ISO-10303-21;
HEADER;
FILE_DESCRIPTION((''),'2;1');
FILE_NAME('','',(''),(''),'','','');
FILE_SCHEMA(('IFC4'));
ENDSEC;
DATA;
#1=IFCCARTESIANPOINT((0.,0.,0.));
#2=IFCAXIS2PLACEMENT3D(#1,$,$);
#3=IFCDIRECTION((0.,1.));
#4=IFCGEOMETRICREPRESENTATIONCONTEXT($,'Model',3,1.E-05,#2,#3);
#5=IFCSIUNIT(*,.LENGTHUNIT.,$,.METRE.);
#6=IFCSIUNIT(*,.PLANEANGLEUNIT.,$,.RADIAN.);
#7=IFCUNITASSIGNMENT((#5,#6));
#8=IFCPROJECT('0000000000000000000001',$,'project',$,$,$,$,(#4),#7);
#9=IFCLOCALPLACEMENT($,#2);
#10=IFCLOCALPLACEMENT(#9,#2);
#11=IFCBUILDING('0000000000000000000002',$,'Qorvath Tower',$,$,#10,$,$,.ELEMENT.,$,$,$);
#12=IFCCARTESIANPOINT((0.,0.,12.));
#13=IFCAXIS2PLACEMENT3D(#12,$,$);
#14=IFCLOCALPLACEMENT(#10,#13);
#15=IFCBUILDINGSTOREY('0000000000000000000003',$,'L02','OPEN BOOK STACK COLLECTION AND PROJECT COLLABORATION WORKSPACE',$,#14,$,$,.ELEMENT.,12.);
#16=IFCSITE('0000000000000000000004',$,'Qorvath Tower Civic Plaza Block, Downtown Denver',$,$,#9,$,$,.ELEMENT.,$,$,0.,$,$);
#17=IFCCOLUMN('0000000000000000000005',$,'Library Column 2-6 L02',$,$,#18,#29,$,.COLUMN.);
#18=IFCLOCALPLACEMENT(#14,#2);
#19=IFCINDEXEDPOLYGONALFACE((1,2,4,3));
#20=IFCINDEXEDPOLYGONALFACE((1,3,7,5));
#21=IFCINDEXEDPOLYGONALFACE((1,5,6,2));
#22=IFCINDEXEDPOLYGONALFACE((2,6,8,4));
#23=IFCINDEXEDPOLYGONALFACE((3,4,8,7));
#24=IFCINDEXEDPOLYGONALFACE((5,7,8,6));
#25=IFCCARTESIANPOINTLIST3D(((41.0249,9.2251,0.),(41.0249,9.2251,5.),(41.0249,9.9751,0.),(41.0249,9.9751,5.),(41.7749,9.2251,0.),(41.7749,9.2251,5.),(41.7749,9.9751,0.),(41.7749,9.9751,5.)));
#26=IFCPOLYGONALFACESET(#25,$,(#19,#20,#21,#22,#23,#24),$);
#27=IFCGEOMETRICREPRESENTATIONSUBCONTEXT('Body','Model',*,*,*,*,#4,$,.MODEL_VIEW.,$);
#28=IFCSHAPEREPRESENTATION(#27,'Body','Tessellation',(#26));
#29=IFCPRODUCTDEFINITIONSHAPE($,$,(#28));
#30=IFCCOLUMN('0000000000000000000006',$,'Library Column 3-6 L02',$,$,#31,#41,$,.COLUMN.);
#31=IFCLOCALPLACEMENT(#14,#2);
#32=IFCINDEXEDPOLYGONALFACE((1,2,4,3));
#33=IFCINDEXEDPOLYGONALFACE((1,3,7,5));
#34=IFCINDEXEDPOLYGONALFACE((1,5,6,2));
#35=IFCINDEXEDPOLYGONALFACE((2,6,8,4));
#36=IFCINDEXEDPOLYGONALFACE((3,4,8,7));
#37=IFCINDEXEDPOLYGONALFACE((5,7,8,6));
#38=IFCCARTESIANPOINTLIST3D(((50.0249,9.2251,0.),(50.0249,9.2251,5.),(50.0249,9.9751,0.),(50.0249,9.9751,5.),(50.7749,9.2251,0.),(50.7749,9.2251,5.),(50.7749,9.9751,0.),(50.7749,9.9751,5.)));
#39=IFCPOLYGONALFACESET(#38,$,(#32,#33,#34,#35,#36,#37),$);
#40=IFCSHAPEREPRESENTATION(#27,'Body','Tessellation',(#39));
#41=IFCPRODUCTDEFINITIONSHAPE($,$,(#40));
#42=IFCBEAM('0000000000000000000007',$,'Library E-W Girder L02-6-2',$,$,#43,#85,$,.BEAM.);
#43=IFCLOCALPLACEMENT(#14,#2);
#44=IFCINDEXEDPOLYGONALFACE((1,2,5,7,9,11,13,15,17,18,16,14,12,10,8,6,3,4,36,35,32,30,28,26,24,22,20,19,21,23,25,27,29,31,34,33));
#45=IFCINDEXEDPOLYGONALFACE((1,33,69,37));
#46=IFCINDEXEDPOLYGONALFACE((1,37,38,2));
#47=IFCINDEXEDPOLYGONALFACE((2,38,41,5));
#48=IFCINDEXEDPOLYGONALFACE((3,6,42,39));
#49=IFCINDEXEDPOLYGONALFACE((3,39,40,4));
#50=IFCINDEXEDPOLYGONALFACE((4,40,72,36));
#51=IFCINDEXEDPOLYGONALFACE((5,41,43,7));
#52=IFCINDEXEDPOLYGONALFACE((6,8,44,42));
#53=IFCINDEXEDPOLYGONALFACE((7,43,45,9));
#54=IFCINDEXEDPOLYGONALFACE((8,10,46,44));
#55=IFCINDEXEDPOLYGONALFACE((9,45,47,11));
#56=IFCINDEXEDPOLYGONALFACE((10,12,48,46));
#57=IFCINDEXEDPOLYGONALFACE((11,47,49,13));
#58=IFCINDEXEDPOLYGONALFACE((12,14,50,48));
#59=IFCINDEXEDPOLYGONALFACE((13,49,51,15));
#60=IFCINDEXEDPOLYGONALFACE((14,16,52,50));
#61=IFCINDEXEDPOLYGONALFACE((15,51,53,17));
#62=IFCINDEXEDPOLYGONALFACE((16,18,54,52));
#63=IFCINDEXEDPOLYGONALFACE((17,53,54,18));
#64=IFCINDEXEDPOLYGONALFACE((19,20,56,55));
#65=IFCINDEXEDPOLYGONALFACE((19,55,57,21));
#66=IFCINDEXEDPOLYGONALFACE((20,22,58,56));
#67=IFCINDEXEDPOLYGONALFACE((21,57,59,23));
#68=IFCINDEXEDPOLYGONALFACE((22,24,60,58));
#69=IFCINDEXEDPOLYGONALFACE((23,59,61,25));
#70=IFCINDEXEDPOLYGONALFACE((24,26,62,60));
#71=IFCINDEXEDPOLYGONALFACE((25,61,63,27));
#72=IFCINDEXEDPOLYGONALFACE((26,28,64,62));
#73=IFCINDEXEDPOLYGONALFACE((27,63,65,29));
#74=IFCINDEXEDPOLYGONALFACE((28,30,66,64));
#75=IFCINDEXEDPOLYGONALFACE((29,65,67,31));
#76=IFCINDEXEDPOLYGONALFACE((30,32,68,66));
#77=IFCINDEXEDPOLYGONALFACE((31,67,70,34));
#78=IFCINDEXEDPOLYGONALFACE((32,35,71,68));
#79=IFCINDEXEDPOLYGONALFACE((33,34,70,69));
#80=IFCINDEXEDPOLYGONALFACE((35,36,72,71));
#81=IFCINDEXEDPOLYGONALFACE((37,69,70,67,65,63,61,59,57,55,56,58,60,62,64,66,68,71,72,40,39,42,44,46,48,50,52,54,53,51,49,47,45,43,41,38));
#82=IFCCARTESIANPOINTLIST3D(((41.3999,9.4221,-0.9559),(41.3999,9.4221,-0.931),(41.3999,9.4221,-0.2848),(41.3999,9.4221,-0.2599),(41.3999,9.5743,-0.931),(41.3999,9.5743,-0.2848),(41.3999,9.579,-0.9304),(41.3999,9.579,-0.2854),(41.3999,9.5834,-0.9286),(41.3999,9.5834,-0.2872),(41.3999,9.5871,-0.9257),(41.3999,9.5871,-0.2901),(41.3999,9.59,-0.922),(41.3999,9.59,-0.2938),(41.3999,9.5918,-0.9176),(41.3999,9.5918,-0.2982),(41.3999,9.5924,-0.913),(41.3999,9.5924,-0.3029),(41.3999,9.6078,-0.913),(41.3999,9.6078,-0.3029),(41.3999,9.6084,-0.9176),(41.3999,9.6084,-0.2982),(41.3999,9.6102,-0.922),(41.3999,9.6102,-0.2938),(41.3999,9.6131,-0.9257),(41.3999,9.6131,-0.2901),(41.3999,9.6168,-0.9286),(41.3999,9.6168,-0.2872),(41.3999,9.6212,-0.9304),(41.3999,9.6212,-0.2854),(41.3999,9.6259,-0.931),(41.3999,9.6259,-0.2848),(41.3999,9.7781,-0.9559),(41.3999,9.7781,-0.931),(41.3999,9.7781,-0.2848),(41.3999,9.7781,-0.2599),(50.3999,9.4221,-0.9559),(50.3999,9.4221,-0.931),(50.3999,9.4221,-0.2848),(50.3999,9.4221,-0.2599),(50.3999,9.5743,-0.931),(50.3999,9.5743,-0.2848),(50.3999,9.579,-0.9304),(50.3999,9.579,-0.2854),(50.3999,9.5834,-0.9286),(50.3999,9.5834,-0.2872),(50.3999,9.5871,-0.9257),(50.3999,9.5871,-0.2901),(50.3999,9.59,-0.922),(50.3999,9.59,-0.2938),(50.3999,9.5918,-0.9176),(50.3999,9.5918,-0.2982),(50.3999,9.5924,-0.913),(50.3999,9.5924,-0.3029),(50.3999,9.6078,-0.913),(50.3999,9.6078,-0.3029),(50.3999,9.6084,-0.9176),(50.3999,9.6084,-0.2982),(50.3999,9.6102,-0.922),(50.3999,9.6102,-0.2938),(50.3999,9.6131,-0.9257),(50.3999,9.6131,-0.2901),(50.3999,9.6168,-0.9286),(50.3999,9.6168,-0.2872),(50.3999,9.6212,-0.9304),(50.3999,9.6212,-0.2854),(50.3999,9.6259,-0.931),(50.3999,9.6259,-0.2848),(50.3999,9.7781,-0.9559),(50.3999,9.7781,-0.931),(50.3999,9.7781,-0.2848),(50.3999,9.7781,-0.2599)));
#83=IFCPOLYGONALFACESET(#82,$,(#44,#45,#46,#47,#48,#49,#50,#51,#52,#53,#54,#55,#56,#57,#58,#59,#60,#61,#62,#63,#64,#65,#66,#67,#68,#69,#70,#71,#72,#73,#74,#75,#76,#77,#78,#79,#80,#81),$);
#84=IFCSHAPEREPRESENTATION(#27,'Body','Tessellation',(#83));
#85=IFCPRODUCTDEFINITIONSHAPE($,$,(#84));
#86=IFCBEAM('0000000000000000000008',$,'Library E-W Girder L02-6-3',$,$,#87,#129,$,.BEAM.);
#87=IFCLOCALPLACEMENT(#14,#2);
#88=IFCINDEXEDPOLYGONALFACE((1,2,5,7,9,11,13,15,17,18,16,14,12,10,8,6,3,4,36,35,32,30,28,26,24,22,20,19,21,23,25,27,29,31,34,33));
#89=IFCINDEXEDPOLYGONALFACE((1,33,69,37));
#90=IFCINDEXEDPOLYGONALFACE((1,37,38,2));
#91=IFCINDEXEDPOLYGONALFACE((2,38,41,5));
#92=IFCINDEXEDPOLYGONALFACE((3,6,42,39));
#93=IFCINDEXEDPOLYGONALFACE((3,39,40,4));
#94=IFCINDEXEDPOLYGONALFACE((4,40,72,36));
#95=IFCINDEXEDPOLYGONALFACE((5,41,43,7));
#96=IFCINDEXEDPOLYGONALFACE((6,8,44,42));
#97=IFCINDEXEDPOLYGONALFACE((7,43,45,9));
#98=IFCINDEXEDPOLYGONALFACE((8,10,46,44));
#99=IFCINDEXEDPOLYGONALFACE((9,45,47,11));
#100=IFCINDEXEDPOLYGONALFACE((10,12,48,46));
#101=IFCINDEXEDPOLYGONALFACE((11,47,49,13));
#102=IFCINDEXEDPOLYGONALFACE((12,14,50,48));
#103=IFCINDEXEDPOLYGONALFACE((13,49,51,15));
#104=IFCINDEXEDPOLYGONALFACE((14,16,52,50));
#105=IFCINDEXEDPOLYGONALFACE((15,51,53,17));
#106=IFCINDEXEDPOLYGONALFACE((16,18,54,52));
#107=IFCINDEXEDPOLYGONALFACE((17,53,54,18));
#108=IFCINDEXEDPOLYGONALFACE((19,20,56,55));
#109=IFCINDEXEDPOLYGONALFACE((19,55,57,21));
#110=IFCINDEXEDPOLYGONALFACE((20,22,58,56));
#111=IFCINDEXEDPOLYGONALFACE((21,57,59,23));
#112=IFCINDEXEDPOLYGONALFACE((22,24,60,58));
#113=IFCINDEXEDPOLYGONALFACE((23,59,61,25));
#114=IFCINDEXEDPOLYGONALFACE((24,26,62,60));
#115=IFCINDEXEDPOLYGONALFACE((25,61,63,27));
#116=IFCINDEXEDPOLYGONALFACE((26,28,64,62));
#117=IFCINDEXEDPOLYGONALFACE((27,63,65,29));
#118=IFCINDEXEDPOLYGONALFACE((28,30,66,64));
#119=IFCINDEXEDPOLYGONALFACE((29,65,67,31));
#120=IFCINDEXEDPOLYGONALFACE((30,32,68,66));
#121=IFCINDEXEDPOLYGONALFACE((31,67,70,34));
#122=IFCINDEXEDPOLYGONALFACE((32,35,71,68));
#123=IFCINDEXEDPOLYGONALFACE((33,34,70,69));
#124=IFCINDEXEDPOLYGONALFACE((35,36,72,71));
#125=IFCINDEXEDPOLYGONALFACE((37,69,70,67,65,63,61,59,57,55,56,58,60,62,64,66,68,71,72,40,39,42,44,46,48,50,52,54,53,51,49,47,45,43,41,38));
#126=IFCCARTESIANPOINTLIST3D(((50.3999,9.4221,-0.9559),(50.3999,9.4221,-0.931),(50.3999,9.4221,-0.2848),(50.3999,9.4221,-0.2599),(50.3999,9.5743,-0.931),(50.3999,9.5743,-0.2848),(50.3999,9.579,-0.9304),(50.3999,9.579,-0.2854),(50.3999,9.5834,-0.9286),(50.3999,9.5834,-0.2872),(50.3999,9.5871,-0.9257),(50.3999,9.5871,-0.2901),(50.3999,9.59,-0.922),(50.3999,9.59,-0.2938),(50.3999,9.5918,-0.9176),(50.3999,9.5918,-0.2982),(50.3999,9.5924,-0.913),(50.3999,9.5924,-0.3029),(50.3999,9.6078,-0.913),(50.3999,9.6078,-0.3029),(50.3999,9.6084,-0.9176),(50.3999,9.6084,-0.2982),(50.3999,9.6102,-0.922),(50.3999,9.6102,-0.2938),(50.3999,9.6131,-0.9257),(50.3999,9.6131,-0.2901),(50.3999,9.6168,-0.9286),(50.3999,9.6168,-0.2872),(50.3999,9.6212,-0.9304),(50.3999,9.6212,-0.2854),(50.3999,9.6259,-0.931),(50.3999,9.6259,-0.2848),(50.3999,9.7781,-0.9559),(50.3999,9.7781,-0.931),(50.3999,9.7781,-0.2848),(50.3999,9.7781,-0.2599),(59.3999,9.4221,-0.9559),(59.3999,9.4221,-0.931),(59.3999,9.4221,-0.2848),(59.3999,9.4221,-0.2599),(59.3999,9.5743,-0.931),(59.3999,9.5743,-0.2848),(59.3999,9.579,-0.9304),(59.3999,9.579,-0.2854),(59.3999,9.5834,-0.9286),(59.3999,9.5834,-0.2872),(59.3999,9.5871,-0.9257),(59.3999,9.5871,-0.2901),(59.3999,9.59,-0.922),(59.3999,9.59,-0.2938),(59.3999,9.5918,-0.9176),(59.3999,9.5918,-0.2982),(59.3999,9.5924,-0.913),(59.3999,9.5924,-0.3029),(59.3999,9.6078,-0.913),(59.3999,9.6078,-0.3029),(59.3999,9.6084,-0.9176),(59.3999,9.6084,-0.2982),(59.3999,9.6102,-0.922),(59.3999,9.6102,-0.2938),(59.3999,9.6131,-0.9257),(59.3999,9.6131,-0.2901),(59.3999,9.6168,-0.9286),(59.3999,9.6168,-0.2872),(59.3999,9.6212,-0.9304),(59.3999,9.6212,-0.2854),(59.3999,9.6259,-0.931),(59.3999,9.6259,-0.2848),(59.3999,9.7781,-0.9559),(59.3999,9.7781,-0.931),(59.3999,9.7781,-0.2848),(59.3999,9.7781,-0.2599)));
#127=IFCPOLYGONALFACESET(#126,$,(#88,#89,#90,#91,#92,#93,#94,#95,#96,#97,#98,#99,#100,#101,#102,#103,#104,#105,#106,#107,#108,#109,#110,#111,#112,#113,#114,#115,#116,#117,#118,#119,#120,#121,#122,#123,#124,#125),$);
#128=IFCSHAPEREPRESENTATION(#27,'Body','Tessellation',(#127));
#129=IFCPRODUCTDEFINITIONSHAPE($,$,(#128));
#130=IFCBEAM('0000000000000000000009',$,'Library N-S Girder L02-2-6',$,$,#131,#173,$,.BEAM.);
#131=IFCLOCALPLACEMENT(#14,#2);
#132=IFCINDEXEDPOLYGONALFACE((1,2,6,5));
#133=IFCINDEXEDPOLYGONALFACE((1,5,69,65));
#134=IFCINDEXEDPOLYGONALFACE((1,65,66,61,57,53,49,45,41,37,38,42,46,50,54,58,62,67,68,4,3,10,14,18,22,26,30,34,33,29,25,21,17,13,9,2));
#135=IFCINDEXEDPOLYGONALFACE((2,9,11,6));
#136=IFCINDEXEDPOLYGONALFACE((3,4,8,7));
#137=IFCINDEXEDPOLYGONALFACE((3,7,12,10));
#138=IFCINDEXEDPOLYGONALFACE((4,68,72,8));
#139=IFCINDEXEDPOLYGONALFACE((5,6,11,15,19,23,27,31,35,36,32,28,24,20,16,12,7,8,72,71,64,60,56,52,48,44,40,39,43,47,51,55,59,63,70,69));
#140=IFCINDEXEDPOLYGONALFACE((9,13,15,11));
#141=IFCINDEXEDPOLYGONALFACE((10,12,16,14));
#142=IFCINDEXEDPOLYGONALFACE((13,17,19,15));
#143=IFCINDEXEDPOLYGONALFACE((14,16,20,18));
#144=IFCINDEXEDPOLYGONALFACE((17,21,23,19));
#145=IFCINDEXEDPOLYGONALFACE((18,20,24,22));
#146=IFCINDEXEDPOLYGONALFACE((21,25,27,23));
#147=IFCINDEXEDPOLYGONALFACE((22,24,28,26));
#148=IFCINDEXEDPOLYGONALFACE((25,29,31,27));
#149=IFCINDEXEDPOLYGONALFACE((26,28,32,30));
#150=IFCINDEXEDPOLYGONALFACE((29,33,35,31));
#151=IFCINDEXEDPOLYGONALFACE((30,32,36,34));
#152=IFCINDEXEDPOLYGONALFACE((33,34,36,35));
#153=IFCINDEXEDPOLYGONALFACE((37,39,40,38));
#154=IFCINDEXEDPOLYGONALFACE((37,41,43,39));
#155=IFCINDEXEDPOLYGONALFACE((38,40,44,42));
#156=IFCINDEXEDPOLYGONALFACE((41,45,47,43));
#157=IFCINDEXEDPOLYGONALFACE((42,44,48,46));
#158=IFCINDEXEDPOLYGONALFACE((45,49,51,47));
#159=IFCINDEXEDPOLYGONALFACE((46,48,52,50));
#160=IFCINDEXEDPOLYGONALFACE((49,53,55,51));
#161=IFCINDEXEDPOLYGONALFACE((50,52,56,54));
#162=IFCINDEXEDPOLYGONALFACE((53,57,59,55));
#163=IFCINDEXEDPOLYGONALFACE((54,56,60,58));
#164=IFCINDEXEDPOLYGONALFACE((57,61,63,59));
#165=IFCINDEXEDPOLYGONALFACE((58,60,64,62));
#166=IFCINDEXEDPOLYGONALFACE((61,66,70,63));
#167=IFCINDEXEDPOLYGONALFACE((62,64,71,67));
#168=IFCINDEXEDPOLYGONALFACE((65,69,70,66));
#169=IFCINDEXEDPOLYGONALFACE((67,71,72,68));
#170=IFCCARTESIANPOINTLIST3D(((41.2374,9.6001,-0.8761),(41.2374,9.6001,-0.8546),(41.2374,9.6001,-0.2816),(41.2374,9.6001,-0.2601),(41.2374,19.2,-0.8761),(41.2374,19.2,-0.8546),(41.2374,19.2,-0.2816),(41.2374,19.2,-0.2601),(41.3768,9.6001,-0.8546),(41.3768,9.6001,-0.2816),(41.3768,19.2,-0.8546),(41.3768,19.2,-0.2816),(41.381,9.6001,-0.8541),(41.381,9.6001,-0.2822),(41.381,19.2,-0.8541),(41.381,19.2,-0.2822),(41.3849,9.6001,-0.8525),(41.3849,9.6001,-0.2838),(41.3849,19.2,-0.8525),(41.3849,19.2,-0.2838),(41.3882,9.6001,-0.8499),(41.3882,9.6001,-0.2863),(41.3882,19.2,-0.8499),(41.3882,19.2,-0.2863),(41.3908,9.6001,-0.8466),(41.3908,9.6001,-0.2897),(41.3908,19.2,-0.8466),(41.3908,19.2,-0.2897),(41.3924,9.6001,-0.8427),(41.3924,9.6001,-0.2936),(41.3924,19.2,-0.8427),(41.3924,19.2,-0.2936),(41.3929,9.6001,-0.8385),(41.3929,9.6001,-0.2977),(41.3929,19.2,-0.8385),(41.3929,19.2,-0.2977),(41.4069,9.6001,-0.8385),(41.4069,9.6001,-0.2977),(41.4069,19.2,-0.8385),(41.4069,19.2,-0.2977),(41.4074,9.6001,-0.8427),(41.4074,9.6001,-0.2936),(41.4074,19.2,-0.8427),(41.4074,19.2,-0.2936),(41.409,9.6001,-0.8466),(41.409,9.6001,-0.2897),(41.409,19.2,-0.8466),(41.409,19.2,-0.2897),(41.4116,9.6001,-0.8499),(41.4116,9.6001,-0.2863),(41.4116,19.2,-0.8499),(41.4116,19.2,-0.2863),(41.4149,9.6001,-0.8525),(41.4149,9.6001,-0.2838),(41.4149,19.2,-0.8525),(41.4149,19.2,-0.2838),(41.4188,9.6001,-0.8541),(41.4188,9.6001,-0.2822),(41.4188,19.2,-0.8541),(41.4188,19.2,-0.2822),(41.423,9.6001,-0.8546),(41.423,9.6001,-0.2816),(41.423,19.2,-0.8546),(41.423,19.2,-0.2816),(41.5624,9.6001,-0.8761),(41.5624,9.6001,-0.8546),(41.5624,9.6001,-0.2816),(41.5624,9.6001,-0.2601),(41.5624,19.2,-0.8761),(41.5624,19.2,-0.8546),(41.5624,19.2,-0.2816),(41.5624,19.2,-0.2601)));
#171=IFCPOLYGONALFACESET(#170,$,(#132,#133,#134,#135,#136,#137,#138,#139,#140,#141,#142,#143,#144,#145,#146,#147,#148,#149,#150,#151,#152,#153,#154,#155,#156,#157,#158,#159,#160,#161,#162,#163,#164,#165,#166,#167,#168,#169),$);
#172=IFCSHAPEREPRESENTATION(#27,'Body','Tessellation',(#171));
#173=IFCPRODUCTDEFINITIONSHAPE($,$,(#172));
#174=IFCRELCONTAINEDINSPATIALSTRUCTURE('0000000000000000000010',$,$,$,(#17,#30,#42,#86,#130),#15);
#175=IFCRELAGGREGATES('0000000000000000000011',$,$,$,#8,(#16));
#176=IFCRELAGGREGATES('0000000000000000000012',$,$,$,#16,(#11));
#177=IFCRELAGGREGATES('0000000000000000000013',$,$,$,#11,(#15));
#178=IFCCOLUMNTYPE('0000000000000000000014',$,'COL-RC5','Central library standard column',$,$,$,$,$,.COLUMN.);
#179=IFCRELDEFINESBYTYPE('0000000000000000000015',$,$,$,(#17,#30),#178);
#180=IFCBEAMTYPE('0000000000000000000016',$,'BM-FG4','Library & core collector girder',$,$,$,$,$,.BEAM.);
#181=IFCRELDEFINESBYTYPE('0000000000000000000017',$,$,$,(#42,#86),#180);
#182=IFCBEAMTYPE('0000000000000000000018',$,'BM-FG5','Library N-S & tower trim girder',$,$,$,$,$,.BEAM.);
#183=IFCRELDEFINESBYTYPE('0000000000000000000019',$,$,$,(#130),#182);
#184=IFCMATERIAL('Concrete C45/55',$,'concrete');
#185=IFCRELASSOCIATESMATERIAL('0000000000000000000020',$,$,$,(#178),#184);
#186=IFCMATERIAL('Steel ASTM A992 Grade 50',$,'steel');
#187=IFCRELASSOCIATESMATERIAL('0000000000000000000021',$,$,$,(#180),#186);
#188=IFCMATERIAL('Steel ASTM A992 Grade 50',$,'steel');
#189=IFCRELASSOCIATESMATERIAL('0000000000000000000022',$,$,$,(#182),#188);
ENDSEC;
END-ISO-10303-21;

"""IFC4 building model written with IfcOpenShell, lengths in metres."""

from ifc_helpers import new_model, si_unit, direction, frame, origin, origin_2d, place, context, subcontext, project, spatial, rectangle, i_section, extrude, material, material_profile, profile_set, type_object, element, save


model = new_model("IFC4")

# Units and contexts
model_context = context("Model", 3, precision=1e-05, world=origin(), true_north=direction((0.0, 1.0)))
body_context = subcontext(model_context, "Body", "Model", "MODEL_VIEW")
ifc_project = project(units=[si_unit("LENGTHUNIT", "METRE"), si_unit("PLANEANGLEUNIT", "RADIAN")], contexts=[model_context])

# Site, building, storey
site_placement = place(None, origin())
site = spatial("IfcSite", under=ifc_project, at=site_placement, Name="Qorvath Tower Civic Plaza Block, Downtown Denver", CompositionType="ELEMENT", RefElevation=0.0)
building_placement = place(site_placement, origin())
building = spatial("IfcBuilding", under=site, at=building_placement, Name="Qorvath Tower", CompositionType="ELEMENT")
storey_placement = place(building_placement, frame((0.0, 0.0, 12.0)))
storey = spatial("IfcBuildingStorey", under=building, at=storey_placement, Name="L02", Description="OPEN BOOK STACK COLLECTION AND PROJECT COLLABORATION WORKSPACE", CompositionType="ELEMENT", Elevation=12.0)

# Columns
ifc_material_1 = material(Name="Concrete C45/55", Category="concrete")
ifc_material_profile_1 = material_profile(ifc_material_1, rectangle(XDim=0.75, YDim=0.75, at=origin_2d()), Name="RC 750x750")
ifc_profile_set_1 = profile_set([ifc_material_profile_1], Name="Concrete C45/55")
column_type = type_object("IfcColumnType", Name="COL-RC5", Description="Central library standard column", PredefinedType="COLUMN", material=ifc_profile_set_1)
for number, where, z_axis, x_axis, name in (
    (1, (41.3999, 9.6001, 0.0), (0.0, 0.0, 1.0), (1.0, 0.0, 0.0), "Library Column 2-6 L02"),
    (2, (50.3999, 9.6001, 0.0), (0.0, 0.0, 1.0), (1.0, 0.0, 0.0), "Library Column 3-6 L02"),
):
    element("IfcColumn", number, at=place(storey_placement, frame(where, z_axis=z_axis, x_axis=x_axis)), inside=storey, type_object=column_type, Name=name, PredefinedType="COLUMN", context=body_context, shape_type="SweptSolid", body=[
        extrude(rectangle(XDim=0.75, YDim=0.75, at=origin_2d()), origin(), (0.0, 0.0, 1.0), 5.0),
    ])

# Beams
ifc_material_2 = material(Name="Steel ASTM A992 Grade 50", Category="steel")
ifc_material_profile_2 = material_profile(ifc_material_2, i_section(OverallWidth=0.356, OverallDepth=0.696, WebThickness=0.0154, FlangeThickness=0.0249, FilletRadius=0.0181, at=origin_2d()), Name="W27x146")
ifc_profile_set_2 = profile_set([ifc_material_profile_2], Name="Steel ASTM A992 Grade 50")
beam_type_1 = type_object("IfcBeamType", Name="BM-FG4", Description="Library & core collector girder", PredefinedType="BEAM", material=ifc_profile_set_2)
for number, where, z_axis, x_axis, name in (
    (3, (41.3999, 9.6001, -0.6079), (1.0, 0.0, 0.0), (0.0, 1.0, 0.0), "Library E-W Girder L02-6-2"),
    (4, (50.3999, 9.6001, -0.6079), (1.0, 0.0, 0.0), (0.0, 1.0, 0.0), "Library E-W Girder L02-6-3"),
):
    element("IfcBeam", number, at=place(storey_placement, frame(where, z_axis=z_axis, x_axis=x_axis)), inside=storey, type_object=beam_type_1, Name=name, PredefinedType="BEAM", context=body_context, shape_type="SweptSolid", body=[
        extrude(i_section(OverallWidth=0.356, OverallDepth=0.696, WebThickness=0.0154, FlangeThickness=0.0249, FilletRadius=0.0181, at=origin_2d()), origin(), (0.0, 0.0, 1.0), 9.0),
    ])
ifc_material_3 = material(Name="Steel ASTM A992 Grade 50", Category="steel")
ifc_material_profile_3 = material_profile(ifc_material_3, i_section(OverallWidth=0.325, OverallDepth=0.616, WebThickness=0.0139, FlangeThickness=0.0215, FilletRadius=0.0161, at=origin_2d()), Name="W24x117")
ifc_profile_set_3 = profile_set([ifc_material_profile_3], Name="Steel ASTM A992 Grade 50")
beam_type_2 = type_object("IfcBeamType", Name="BM-FG5", Description="Library N-S & tower trim girder", PredefinedType="BEAM", material=ifc_profile_set_3)
for number, where, z_axis, x_axis, name in (
    (5, (41.3999, 9.6001, -0.5681), (0.0, 1.0, 0.0), (-1.0, 0.0, 0.0), "Library N-S Girder L02-2-6"),
):
    element("IfcBeam", number, at=place(storey_placement, frame(where, z_axis=z_axis, x_axis=x_axis)), inside=storey, type_object=beam_type_2, Name=name, PredefinedType="BEAM", context=body_context, shape_type="SweptSolid", body=[
        extrude(i_section(OverallWidth=0.325, OverallDepth=0.616, WebThickness=0.0139, FlangeThickness=0.0215, FilletRadius=0.0161, at=origin_2d()), origin(), (0.0, 0.0, 1.0), 9.5999),
    ])

save(model, "model.ifc")
